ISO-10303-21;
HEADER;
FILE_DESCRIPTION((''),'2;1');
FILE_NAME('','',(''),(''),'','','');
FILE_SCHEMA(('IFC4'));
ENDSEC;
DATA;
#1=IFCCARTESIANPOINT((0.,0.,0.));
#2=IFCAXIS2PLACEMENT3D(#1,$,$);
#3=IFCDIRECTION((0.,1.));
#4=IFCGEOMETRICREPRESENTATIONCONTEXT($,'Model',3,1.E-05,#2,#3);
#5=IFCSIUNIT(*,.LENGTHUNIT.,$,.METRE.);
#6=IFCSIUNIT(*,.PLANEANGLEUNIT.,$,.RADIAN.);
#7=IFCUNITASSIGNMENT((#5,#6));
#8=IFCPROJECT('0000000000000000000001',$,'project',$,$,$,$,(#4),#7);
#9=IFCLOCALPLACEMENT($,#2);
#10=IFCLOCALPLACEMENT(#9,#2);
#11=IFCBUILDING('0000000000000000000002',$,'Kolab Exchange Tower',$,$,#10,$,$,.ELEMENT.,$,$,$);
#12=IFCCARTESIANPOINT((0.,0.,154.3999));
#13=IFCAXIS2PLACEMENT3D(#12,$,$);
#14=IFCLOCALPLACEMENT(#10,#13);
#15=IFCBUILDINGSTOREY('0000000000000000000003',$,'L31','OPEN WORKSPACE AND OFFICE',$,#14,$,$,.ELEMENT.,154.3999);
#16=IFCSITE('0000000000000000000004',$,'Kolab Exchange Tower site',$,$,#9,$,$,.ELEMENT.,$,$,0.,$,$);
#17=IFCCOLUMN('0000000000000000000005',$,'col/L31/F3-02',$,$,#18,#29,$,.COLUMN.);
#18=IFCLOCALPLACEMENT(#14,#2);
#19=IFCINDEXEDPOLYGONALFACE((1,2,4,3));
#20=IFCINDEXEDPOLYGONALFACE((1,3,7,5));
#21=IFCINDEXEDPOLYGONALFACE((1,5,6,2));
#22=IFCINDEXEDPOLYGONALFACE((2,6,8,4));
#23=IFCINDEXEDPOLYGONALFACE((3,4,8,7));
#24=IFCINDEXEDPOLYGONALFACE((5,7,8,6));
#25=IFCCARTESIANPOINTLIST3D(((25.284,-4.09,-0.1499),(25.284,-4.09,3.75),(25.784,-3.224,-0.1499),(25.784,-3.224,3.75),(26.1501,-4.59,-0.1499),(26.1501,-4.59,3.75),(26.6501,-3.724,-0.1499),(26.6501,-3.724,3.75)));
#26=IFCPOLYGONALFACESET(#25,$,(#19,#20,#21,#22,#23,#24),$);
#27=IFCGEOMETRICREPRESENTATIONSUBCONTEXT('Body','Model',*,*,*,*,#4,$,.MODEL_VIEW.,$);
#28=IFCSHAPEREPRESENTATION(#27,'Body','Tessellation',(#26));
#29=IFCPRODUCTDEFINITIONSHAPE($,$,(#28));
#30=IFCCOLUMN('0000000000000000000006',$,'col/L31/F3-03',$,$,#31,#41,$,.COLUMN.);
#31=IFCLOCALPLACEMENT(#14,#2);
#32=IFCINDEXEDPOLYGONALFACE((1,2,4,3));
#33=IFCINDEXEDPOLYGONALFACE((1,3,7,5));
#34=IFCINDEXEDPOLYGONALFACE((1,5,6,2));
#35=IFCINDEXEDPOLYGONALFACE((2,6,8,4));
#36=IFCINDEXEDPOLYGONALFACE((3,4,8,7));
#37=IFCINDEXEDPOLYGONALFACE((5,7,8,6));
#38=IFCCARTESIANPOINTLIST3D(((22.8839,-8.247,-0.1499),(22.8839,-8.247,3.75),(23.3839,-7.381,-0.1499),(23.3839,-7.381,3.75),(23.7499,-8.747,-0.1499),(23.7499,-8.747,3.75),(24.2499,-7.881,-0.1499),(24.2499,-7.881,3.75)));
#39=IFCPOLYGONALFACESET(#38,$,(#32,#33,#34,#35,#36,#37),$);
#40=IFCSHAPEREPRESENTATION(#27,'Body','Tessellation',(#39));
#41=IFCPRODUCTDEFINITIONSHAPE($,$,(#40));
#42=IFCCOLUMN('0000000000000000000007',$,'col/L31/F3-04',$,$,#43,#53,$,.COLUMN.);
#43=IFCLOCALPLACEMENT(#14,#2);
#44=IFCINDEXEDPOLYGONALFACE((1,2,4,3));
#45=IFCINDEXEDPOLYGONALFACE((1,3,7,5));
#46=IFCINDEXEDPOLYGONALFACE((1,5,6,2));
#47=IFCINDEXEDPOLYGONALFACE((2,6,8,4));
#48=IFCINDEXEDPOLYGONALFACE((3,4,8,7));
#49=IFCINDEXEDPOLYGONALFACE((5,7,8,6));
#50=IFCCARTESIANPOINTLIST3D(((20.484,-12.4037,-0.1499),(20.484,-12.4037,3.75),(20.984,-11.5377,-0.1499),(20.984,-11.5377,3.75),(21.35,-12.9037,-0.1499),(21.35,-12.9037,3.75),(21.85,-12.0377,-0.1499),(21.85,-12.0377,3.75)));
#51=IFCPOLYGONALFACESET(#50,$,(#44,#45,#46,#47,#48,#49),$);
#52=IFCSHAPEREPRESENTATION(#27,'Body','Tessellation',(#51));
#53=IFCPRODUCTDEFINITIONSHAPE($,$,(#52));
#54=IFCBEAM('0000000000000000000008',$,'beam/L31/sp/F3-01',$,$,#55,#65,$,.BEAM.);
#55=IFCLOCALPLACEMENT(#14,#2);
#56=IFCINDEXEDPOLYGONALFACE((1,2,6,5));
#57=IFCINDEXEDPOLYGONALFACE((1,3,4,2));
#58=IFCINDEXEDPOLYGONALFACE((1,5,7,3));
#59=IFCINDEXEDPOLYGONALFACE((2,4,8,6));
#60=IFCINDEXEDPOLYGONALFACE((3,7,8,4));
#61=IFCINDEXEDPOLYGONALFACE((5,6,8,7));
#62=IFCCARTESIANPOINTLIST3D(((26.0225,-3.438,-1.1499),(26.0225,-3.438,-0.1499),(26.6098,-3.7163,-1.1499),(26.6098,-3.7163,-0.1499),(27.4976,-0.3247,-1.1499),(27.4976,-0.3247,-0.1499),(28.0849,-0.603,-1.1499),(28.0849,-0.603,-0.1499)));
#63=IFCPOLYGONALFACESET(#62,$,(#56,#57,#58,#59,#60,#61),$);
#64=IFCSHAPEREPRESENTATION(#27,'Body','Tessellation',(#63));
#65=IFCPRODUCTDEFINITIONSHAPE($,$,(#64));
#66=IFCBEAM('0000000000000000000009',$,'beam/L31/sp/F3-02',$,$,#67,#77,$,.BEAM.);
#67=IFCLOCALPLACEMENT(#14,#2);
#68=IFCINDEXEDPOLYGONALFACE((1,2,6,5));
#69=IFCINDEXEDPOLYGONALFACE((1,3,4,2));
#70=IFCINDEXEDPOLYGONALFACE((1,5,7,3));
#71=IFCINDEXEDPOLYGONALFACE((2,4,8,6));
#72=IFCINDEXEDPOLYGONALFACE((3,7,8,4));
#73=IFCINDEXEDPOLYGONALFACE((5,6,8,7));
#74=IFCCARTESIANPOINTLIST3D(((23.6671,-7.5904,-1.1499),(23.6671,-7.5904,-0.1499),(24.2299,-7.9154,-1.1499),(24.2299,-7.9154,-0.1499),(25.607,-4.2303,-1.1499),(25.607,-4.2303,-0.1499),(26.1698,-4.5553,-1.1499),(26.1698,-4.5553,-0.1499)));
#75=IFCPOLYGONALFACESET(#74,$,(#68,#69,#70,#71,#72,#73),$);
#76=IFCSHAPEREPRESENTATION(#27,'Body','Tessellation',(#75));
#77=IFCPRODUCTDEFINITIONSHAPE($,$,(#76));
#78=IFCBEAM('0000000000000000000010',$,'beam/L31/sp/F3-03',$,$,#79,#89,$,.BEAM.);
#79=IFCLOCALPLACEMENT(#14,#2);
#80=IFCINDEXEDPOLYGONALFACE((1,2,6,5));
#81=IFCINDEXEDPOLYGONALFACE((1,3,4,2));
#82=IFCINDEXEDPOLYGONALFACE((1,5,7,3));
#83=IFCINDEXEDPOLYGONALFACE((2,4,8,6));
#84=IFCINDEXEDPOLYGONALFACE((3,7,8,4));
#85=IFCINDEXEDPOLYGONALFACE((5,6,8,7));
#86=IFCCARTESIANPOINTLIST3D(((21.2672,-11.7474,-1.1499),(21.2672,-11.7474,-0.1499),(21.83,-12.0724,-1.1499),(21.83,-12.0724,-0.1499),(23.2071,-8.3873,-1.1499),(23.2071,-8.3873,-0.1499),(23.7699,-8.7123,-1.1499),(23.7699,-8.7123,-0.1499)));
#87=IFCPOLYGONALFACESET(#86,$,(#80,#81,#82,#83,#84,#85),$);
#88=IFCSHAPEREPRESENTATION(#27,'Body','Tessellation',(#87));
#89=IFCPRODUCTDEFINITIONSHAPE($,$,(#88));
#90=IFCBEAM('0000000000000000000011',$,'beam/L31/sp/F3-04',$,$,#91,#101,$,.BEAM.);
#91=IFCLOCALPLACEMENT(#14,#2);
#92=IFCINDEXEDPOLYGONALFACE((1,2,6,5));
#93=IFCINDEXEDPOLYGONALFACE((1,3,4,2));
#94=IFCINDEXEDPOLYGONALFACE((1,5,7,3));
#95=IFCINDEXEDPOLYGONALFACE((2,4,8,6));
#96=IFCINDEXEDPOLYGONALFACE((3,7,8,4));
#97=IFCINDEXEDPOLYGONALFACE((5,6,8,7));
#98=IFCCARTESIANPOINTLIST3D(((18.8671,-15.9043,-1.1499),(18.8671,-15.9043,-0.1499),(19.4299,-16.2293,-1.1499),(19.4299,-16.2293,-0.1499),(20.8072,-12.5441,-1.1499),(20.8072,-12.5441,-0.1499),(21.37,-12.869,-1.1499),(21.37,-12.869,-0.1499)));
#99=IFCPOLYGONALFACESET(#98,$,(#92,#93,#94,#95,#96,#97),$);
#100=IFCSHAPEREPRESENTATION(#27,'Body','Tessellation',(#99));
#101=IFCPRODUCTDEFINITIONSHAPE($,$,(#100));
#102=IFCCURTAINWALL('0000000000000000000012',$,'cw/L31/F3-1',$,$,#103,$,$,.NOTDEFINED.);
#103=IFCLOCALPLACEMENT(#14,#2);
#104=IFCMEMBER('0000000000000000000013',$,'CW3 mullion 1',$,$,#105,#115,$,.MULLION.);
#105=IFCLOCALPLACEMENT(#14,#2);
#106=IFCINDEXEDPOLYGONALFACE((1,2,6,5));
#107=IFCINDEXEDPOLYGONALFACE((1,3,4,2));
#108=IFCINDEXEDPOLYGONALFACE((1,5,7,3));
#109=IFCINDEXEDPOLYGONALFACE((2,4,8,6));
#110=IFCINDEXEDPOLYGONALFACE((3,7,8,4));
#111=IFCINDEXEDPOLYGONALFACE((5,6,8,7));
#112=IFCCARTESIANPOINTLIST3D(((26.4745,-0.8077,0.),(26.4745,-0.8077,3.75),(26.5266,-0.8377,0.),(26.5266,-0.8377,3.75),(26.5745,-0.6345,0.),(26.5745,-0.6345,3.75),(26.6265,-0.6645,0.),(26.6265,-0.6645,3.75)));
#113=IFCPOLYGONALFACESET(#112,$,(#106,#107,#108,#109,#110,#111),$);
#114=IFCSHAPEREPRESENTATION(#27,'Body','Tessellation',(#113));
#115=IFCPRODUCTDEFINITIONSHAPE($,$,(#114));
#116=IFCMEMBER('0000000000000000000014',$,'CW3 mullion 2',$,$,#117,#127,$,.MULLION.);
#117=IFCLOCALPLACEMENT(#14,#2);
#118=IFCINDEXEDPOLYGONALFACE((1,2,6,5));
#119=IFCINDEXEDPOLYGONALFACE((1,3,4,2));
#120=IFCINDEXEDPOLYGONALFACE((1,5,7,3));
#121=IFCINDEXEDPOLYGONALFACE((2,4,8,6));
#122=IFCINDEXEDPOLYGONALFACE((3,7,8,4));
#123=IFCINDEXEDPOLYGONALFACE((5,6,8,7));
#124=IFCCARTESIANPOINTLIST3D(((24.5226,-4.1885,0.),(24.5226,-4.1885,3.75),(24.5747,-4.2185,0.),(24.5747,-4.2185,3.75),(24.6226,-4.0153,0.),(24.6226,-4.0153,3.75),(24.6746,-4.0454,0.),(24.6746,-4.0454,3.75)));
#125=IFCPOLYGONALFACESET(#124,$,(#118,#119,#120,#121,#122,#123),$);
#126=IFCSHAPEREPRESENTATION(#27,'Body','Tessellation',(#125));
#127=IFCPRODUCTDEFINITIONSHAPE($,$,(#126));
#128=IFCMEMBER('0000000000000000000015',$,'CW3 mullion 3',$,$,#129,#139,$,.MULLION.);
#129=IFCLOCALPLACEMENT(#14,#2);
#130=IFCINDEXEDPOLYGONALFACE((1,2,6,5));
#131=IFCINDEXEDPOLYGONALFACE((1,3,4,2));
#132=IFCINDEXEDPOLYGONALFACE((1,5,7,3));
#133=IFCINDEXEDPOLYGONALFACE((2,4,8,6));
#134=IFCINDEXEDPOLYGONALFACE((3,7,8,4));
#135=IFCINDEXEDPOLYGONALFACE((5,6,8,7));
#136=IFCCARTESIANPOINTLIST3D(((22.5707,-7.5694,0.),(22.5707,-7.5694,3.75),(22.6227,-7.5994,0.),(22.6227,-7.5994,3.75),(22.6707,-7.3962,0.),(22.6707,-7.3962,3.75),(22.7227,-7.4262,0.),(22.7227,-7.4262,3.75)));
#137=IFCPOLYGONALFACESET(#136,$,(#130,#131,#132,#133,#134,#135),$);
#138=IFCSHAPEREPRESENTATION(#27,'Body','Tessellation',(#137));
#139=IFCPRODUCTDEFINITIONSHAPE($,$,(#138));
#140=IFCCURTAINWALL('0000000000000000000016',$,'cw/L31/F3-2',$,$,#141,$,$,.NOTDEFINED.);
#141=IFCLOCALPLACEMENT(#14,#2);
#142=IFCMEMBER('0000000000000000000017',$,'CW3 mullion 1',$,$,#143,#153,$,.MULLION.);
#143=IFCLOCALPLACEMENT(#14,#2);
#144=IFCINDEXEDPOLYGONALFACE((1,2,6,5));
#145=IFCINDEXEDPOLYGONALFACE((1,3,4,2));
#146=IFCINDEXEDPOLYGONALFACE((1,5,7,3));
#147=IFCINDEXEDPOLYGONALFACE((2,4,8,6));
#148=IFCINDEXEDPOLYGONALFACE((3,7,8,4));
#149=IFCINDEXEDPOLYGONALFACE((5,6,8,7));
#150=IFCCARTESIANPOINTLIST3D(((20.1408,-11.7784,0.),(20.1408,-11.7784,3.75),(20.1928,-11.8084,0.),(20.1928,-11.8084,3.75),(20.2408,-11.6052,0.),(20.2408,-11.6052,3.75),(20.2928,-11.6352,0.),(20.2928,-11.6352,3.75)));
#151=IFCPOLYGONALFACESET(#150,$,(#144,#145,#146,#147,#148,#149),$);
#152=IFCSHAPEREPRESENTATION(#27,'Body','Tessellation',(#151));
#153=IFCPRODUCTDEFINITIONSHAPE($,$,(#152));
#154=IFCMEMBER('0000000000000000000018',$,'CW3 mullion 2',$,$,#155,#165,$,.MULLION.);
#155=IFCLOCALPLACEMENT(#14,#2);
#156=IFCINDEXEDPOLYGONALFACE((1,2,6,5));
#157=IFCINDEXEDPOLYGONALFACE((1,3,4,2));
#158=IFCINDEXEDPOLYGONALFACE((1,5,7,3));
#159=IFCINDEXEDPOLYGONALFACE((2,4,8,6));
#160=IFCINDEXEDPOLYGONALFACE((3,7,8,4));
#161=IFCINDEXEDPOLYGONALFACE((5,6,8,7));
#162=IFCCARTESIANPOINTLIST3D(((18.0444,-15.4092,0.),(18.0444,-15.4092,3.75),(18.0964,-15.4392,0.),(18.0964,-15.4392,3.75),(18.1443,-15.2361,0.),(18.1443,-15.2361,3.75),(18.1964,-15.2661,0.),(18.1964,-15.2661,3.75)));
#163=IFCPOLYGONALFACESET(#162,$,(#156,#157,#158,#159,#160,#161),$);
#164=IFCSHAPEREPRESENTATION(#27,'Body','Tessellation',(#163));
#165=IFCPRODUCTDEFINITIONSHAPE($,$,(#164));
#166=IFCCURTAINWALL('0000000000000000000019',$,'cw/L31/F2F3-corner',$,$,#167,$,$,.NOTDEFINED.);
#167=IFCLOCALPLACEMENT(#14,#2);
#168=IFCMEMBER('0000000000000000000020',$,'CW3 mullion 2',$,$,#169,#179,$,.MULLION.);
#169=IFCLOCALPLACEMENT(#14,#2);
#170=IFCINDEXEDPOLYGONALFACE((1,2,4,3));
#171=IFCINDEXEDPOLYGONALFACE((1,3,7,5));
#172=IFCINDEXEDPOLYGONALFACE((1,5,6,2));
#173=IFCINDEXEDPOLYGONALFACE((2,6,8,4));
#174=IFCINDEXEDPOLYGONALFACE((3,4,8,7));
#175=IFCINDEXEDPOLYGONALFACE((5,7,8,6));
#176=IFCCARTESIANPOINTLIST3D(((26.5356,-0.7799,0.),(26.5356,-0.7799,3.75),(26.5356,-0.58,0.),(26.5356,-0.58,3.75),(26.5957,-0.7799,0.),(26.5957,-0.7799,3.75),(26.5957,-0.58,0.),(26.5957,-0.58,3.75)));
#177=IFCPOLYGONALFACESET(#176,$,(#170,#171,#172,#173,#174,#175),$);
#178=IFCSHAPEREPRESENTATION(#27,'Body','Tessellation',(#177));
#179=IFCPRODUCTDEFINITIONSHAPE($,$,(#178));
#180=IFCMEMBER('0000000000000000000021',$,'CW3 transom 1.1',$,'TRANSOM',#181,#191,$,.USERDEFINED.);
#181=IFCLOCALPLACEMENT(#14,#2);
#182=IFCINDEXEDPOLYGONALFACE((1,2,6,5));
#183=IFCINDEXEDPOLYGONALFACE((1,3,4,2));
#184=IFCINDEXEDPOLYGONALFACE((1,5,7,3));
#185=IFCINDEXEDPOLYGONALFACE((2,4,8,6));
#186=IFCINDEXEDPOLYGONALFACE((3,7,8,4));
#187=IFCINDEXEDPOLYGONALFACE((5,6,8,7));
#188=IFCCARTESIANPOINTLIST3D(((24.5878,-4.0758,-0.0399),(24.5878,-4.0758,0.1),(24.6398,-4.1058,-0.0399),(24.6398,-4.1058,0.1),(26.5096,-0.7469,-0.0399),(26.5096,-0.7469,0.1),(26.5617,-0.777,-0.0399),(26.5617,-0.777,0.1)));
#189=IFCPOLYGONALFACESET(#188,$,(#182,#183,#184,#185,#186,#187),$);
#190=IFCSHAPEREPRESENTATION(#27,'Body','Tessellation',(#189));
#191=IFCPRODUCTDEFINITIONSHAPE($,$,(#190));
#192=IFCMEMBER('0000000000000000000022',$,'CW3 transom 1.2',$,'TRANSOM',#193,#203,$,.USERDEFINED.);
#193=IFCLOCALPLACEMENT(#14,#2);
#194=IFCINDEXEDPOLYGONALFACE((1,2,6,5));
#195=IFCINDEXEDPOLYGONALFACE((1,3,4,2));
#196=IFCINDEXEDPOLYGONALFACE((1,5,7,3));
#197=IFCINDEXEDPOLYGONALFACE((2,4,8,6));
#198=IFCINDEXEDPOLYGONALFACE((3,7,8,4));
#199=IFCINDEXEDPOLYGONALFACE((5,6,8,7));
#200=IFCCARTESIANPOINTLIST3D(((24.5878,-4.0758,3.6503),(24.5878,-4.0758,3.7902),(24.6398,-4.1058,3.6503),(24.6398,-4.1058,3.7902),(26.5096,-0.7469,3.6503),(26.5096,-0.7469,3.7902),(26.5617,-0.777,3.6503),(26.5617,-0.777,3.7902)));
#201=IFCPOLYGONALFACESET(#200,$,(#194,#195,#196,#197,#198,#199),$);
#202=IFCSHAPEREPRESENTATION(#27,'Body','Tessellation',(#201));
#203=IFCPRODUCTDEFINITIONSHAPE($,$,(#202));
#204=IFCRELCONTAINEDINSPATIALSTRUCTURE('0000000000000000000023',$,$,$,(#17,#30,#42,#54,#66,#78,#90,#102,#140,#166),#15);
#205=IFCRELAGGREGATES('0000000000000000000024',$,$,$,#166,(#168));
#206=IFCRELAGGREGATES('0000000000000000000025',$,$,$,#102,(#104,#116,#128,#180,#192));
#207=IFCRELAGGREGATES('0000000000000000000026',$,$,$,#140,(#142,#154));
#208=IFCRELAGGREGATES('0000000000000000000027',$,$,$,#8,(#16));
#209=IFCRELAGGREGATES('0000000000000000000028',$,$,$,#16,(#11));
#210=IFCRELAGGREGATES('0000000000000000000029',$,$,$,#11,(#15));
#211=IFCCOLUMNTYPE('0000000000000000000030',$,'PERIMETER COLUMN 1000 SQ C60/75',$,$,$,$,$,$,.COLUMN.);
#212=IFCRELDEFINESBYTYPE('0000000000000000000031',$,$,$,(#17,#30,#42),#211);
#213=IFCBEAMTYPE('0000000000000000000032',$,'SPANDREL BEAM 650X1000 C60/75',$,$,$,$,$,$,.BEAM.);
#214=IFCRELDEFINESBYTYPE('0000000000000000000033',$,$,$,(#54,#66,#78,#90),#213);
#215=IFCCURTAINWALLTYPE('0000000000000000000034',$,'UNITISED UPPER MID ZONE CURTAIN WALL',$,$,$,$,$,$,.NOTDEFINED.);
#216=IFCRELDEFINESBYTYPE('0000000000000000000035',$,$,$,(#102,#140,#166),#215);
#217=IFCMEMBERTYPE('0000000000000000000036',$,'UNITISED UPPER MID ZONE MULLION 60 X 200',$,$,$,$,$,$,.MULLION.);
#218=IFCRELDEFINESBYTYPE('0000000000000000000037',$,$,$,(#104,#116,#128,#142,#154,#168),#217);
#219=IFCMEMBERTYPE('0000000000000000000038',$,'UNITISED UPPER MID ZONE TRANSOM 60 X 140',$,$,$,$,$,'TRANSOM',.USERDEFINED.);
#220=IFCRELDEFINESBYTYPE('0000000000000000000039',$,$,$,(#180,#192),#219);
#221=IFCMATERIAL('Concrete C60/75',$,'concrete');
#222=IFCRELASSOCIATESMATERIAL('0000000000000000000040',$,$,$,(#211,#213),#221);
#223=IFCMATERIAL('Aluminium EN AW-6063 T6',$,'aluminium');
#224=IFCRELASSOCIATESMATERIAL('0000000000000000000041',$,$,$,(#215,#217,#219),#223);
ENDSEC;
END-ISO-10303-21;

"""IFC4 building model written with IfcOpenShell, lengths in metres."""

from ifc_helpers import new_model, si_unit, direction, frame, origin, origin_2d, place, context, subcontext, project, spatial, rectangle, extrude, material, material_profile, profile_set, type_object, element, aggregate, save


model = new_model("IFC4")

# Units and contexts
model_context = context("Model", 3, precision=1e-05, world=origin(), true_north=direction((0.0, 1.0)))
body_context = subcontext(model_context, "Body", "Model", "MODEL_VIEW")
ifc_project = project(units=[si_unit("LENGTHUNIT", "METRE"), si_unit("PLANEANGLEUNIT", "RADIAN")], contexts=[model_context])

# Site, building, storey
site_placement = place(None, origin())
site = spatial("IfcSite", under=ifc_project, at=site_placement, Name="Kolab Exchange Tower site", CompositionType="ELEMENT", RefElevation=0.0)
building_placement = place(site_placement, origin())
building = spatial("IfcBuilding", under=site, at=building_placement, Name="Kolab Exchange Tower", CompositionType="ELEMENT")
storey_placement = place(building_placement, frame((0.0, 0.0, 154.3999)))
storey = spatial("IfcBuildingStorey", under=building, at=storey_placement, Name="L31", Description="OPEN WORKSPACE AND OFFICE", CompositionType="ELEMENT", Elevation=154.3999)

# Columns
ifc_material_1 = material(Name="Concrete C60/75", Category="concrete")
ifc_material_profile_1 = material_profile(ifc_material_1, rectangle(XDim=1.0, YDim=1.0, at=origin_2d()), Name="RC1000")
ifc_profile_set_1 = profile_set([ifc_material_profile_1], Name="Concrete C60/75")
column_type = type_object("IfcColumnType", Name="PERIMETER COLUMN 1000 SQ C60/75", PredefinedType="COLUMN", material=ifc_profile_set_1)
for number, where, z_axis, x_axis, name in (
    (1, (25.967, -3.907, -0.1499), (0.0, 0.0, 1.0), (0.5, 0.866025, 0.0), "col/L31/F3-02"),
    (2, (23.5669, -8.064, -0.1499), (0.0, 0.0, 1.0), (0.5, 0.866025, 0.0), "col/L31/F3-03"),
    (3, (21.167, -12.2207, -0.1499), (0.0, 0.0, 1.0), (0.5, 0.866025, 0.0), "col/L31/F3-04"),
):
    element("IfcColumn", number, at=place(storey_placement, frame(where, z_axis=z_axis, x_axis=x_axis)), inside=storey, type_object=column_type, Name=name, PredefinedType="COLUMN", context=body_context, shape_type="SweptSolid", body=[
        extrude(rectangle(XDim=1.0, YDim=1.0, at=origin_2d()), origin(), (0.0, 0.0, 1.0), 3.8999),
    ])

# Beams
ifc_material_profile_2 = material_profile(ifc_material_1, rectangle(XDim=0.6499, YDim=1.0, at=origin_2d()), Name="RC650X1000")
ifc_profile_set_2 = profile_set([ifc_material_profile_2], Name="Concrete C60/75")
beam_type = type_object("IfcBeamType", Name="SPANDREL BEAM 650X1000 C60/75", PredefinedType="BEAM", material=ifc_profile_set_2)
beam_1_placement = place(storey_placement, frame((27.7913, -0.4639, -0.6499), z_axis=(-0.428178, -0.903695, 0.0), x_axis=(0.903695, -0.428178, 0.0)))
element("IfcBeam", 4, at=beam_1_placement, inside=storey, type_object=beam_type, Name="beam/L31/sp/F3-01", PredefinedType="BEAM", context=body_context, shape_type="SweptSolid", body=[
    extrude(rectangle(XDim=0.6499, YDim=1.0, at=origin_2d()), origin(), (0.0, 0.0, 1.0), 3.4451),
])
for number, where, z_axis, x_axis, name in (
    (5, (25.8884, -4.3928, -0.6499), (-0.499997, -0.866027, 0.0), (0.866027, -0.499997, 0.0), "beam/L31/sp/F3-02"),
    (6, (23.4885, -8.5498, -0.6499), (-0.499997, -0.866027, 0.0), (0.866027, -0.499997, 0.0), "beam/L31/sp/F3-03"),
):
    element("IfcBeam", number, at=place(storey_placement, frame(where, z_axis=z_axis, x_axis=x_axis)), inside=storey, type_object=beam_type, Name=name, PredefinedType="BEAM", context=body_context, shape_type="SweptSolid", body=[
        extrude(rectangle(XDim=0.6499, YDim=1.0, at=origin_2d()), origin(), (0.0, 0.0, 1.0), 3.8799),
    ])
beam_2_placement = place(storey_placement, frame((21.0886, -12.7065, -0.6499), z_axis=(-0.500017, -0.866016, 0.0), x_axis=(0.866016, -0.500017, 0.0)))
element("IfcBeam", 7, at=beam_2_placement, inside=storey, type_object=beam_type, Name="beam/L31/sp/F3-04", PredefinedType="BEAM", context=body_context, shape_type="SweptSolid", body=[
    extrude(rectangle(XDim=0.6499, YDim=1.0, at=origin_2d()), origin(), (0.0, 0.0, 1.0), 3.8801),
])

# Curtain walls, members
ifc_material_2 = material(Name="Aluminium EN AW-6063 T6", Category="aluminium")
curtain_wall_type = type_object("IfcCurtainWallType", Name="UNITISED UPPER MID ZONE CURTAIN WALL", PredefinedType="NOTDEFINED", material=ifc_material_2)
curtain_wall_1_placement = place(storey_placement, origin())
curtain_wall_1 = element("IfcCurtainWall", 8, at=curtain_wall_1_placement, inside=storey, type_object=curtain_wall_type, Name="cw/L31/F3-1", PredefinedType="NOTDEFINED")
ifc_material_profile_3 = material_profile(ifc_material_2, rectangle(XDim=0.0601, YDim=0.2, at=origin_2d()), Name="RECT 60X200")
ifc_profile_set_3 = profile_set([ifc_material_profile_3], Name="Aluminium EN AW-6063 T6")
member_type_1 = type_object("IfcMemberType", Name="UNITISED UPPER MID ZONE MULLION 60 X 200", PredefinedType="MULLION", material=ifc_profile_set_3)
member_1_placement = place(storey_placement, frame((26.5505, -0.7361, 0.0), z_axis=(0.0, 0.0, 1.0), x_axis=(0.866025, -0.5, 0.0)))
member_1 = element("IfcMember", 9, at=member_1_placement, type_object=member_type_1, Name="CW3 mullion 1", PredefinedType="MULLION", context=body_context, shape_type="SweptSolid", body=[
    extrude(rectangle(XDim=0.0601, YDim=0.2, at=origin_2d()), origin(), (0.0, 0.0, 1.0), 3.75),
])
member_2_placement = place(storey_placement, frame((24.5986, -4.1169, 0.0), z_axis=(0.0, 0.0, 1.0), x_axis=(0.866025, -0.5, 0.0)))
member_2 = element("IfcMember", 10, at=member_2_placement, type_object=member_type_1, Name="CW3 mullion 2", PredefinedType="MULLION", context=body_context, shape_type="SweptSolid", body=[
    extrude(rectangle(XDim=0.0601, YDim=0.2, at=origin_2d()), origin(), (0.0, 0.0, 1.0), 3.75),
])
member_3_placement = place(storey_placement, frame((22.6467, -7.4978, 0.0), z_axis=(0.0, 0.0, 1.0), x_axis=(0.866025, -0.5, 0.0)))
member_3 = element("IfcMember", 11, at=member_3_placement, type_object=member_type_1, Name="CW3 mullion 3", PredefinedType="MULLION", context=body_context, shape_type="SweptSolid", body=[
    extrude(rectangle(XDim=0.0601, YDim=0.2, at=origin_2d()), origin(), (0.0, 0.0, 1.0), 3.75),
])
curtain_wall_2_placement = place(storey_placement, origin())
curtain_wall_2 = element("IfcCurtainWall", 12, at=curtain_wall_2_placement, inside=storey, type_object=curtain_wall_type, Name="cw/L31/F3-2", PredefinedType="NOTDEFINED")
member_4_placement = place(storey_placement, frame((20.2168, -11.7068, 0.0), z_axis=(0.0, 0.0, 1.0), x_axis=(0.866025, -0.5, 0.0)))
member_4 = element("IfcMember", 13, at=member_4_placement, type_object=member_type_1, Name="CW3 mullion 1", PredefinedType="MULLION", context=body_context, shape_type="SweptSolid", body=[
    extrude(rectangle(XDim=0.0601, YDim=0.2, at=origin_2d()), origin(), (0.0, 0.0, 1.0), 3.75),
])
member_5_placement = place(storey_placement, frame((18.1204, -15.3376, 0.0), z_axis=(0.0, 0.0, 1.0), x_axis=(0.866025, -0.5, 0.0)))
member_5 = element("IfcMember", 14, at=member_5_placement, type_object=member_type_1, Name="CW3 mullion 2", PredefinedType="MULLION", context=body_context, shape_type="SweptSolid", body=[
    extrude(rectangle(XDim=0.0601, YDim=0.2, at=origin_2d()), origin(), (0.0, 0.0, 1.0), 3.75),
])

# Curtain wall, member
curtain_wall_3_placement = place(storey_placement, origin())
curtain_wall_3 = element("IfcCurtainWall", 15, at=curtain_wall_3_placement, inside=storey, type_object=curtain_wall_type, Name="cw/L31/F2F3-corner", PredefinedType="NOTDEFINED")
member_6_placement = place(storey_placement, frame((26.5657, -0.6799, 0.0), z_axis=(0.0, 0.0, 1.0), x_axis=(1.0, 0.0, 0.0)))
member_6 = element("IfcMember", 16, at=member_6_placement, type_object=member_type_1, Name="CW3 mullion 2", PredefinedType="MULLION", context=body_context, shape_type="SweptSolid", body=[
    extrude(rectangle(XDim=0.0601, YDim=0.2, at=origin_2d()), origin(), (0.0, 0.0, 1.0), 3.75),
])
aggregate(curtain_wall_3, [member_6])

# Members
ifc_material_profile_4 = material_profile(ifc_material_2, rectangle(XDim=0.0601, YDim=0.1399, at=origin_2d()), Name="RECT 60X140")
ifc_profile_set_4 = profile_set([ifc_material_profile_4], Name="Aluminium EN AW-6063 T6")
member_type_2 = type_object("IfcMemberType", Name="UNITISED UPPER MID ZONE TRANSOM 60 X 140", ElementType="TRANSOM", PredefinedType="USERDEFINED", material=ifc_profile_set_4)
member_7_placement = place(storey_placement, frame((26.5356, -0.762, 0.03), z_axis=(-0.499992, -0.86603, 0.0), x_axis=(0.86603, -0.499992, 0.0)))
member_7 = element("IfcMember", 17, at=member_7_placement, type_object=member_type_2, Name="CW3 transom 1.1", ObjectType="TRANSOM", PredefinedType="USERDEFINED", context=body_context, shape_type="SweptSolid", body=[
    extrude(rectangle(XDim=0.0601, YDim=0.1399, at=origin_2d()), origin(), (0.0, 0.0, 1.0), 3.8438),
])
member_8_placement = place(storey_placement, frame((26.5356, -0.762, 3.7202), z_axis=(-0.499992, -0.86603, 0.0), x_axis=(0.86603, -0.499992, 0.0)))
member_8 = element("IfcMember", 18, at=member_8_placement, type_object=member_type_2, Name="CW3 transom 1.2", ObjectType="TRANSOM", PredefinedType="USERDEFINED", context=body_context, shape_type="SweptSolid", body=[
    extrude(rectangle(XDim=0.0601, YDim=0.1399, at=origin_2d()), origin(), (0.0, 0.0, 1.0), 3.8438),
])

aggregate(curtain_wall_1, [member_1, member_2, member_3, member_7, member_8])
aggregate(curtain_wall_2, [member_4, member_5])

save(model, "model.ifc")
